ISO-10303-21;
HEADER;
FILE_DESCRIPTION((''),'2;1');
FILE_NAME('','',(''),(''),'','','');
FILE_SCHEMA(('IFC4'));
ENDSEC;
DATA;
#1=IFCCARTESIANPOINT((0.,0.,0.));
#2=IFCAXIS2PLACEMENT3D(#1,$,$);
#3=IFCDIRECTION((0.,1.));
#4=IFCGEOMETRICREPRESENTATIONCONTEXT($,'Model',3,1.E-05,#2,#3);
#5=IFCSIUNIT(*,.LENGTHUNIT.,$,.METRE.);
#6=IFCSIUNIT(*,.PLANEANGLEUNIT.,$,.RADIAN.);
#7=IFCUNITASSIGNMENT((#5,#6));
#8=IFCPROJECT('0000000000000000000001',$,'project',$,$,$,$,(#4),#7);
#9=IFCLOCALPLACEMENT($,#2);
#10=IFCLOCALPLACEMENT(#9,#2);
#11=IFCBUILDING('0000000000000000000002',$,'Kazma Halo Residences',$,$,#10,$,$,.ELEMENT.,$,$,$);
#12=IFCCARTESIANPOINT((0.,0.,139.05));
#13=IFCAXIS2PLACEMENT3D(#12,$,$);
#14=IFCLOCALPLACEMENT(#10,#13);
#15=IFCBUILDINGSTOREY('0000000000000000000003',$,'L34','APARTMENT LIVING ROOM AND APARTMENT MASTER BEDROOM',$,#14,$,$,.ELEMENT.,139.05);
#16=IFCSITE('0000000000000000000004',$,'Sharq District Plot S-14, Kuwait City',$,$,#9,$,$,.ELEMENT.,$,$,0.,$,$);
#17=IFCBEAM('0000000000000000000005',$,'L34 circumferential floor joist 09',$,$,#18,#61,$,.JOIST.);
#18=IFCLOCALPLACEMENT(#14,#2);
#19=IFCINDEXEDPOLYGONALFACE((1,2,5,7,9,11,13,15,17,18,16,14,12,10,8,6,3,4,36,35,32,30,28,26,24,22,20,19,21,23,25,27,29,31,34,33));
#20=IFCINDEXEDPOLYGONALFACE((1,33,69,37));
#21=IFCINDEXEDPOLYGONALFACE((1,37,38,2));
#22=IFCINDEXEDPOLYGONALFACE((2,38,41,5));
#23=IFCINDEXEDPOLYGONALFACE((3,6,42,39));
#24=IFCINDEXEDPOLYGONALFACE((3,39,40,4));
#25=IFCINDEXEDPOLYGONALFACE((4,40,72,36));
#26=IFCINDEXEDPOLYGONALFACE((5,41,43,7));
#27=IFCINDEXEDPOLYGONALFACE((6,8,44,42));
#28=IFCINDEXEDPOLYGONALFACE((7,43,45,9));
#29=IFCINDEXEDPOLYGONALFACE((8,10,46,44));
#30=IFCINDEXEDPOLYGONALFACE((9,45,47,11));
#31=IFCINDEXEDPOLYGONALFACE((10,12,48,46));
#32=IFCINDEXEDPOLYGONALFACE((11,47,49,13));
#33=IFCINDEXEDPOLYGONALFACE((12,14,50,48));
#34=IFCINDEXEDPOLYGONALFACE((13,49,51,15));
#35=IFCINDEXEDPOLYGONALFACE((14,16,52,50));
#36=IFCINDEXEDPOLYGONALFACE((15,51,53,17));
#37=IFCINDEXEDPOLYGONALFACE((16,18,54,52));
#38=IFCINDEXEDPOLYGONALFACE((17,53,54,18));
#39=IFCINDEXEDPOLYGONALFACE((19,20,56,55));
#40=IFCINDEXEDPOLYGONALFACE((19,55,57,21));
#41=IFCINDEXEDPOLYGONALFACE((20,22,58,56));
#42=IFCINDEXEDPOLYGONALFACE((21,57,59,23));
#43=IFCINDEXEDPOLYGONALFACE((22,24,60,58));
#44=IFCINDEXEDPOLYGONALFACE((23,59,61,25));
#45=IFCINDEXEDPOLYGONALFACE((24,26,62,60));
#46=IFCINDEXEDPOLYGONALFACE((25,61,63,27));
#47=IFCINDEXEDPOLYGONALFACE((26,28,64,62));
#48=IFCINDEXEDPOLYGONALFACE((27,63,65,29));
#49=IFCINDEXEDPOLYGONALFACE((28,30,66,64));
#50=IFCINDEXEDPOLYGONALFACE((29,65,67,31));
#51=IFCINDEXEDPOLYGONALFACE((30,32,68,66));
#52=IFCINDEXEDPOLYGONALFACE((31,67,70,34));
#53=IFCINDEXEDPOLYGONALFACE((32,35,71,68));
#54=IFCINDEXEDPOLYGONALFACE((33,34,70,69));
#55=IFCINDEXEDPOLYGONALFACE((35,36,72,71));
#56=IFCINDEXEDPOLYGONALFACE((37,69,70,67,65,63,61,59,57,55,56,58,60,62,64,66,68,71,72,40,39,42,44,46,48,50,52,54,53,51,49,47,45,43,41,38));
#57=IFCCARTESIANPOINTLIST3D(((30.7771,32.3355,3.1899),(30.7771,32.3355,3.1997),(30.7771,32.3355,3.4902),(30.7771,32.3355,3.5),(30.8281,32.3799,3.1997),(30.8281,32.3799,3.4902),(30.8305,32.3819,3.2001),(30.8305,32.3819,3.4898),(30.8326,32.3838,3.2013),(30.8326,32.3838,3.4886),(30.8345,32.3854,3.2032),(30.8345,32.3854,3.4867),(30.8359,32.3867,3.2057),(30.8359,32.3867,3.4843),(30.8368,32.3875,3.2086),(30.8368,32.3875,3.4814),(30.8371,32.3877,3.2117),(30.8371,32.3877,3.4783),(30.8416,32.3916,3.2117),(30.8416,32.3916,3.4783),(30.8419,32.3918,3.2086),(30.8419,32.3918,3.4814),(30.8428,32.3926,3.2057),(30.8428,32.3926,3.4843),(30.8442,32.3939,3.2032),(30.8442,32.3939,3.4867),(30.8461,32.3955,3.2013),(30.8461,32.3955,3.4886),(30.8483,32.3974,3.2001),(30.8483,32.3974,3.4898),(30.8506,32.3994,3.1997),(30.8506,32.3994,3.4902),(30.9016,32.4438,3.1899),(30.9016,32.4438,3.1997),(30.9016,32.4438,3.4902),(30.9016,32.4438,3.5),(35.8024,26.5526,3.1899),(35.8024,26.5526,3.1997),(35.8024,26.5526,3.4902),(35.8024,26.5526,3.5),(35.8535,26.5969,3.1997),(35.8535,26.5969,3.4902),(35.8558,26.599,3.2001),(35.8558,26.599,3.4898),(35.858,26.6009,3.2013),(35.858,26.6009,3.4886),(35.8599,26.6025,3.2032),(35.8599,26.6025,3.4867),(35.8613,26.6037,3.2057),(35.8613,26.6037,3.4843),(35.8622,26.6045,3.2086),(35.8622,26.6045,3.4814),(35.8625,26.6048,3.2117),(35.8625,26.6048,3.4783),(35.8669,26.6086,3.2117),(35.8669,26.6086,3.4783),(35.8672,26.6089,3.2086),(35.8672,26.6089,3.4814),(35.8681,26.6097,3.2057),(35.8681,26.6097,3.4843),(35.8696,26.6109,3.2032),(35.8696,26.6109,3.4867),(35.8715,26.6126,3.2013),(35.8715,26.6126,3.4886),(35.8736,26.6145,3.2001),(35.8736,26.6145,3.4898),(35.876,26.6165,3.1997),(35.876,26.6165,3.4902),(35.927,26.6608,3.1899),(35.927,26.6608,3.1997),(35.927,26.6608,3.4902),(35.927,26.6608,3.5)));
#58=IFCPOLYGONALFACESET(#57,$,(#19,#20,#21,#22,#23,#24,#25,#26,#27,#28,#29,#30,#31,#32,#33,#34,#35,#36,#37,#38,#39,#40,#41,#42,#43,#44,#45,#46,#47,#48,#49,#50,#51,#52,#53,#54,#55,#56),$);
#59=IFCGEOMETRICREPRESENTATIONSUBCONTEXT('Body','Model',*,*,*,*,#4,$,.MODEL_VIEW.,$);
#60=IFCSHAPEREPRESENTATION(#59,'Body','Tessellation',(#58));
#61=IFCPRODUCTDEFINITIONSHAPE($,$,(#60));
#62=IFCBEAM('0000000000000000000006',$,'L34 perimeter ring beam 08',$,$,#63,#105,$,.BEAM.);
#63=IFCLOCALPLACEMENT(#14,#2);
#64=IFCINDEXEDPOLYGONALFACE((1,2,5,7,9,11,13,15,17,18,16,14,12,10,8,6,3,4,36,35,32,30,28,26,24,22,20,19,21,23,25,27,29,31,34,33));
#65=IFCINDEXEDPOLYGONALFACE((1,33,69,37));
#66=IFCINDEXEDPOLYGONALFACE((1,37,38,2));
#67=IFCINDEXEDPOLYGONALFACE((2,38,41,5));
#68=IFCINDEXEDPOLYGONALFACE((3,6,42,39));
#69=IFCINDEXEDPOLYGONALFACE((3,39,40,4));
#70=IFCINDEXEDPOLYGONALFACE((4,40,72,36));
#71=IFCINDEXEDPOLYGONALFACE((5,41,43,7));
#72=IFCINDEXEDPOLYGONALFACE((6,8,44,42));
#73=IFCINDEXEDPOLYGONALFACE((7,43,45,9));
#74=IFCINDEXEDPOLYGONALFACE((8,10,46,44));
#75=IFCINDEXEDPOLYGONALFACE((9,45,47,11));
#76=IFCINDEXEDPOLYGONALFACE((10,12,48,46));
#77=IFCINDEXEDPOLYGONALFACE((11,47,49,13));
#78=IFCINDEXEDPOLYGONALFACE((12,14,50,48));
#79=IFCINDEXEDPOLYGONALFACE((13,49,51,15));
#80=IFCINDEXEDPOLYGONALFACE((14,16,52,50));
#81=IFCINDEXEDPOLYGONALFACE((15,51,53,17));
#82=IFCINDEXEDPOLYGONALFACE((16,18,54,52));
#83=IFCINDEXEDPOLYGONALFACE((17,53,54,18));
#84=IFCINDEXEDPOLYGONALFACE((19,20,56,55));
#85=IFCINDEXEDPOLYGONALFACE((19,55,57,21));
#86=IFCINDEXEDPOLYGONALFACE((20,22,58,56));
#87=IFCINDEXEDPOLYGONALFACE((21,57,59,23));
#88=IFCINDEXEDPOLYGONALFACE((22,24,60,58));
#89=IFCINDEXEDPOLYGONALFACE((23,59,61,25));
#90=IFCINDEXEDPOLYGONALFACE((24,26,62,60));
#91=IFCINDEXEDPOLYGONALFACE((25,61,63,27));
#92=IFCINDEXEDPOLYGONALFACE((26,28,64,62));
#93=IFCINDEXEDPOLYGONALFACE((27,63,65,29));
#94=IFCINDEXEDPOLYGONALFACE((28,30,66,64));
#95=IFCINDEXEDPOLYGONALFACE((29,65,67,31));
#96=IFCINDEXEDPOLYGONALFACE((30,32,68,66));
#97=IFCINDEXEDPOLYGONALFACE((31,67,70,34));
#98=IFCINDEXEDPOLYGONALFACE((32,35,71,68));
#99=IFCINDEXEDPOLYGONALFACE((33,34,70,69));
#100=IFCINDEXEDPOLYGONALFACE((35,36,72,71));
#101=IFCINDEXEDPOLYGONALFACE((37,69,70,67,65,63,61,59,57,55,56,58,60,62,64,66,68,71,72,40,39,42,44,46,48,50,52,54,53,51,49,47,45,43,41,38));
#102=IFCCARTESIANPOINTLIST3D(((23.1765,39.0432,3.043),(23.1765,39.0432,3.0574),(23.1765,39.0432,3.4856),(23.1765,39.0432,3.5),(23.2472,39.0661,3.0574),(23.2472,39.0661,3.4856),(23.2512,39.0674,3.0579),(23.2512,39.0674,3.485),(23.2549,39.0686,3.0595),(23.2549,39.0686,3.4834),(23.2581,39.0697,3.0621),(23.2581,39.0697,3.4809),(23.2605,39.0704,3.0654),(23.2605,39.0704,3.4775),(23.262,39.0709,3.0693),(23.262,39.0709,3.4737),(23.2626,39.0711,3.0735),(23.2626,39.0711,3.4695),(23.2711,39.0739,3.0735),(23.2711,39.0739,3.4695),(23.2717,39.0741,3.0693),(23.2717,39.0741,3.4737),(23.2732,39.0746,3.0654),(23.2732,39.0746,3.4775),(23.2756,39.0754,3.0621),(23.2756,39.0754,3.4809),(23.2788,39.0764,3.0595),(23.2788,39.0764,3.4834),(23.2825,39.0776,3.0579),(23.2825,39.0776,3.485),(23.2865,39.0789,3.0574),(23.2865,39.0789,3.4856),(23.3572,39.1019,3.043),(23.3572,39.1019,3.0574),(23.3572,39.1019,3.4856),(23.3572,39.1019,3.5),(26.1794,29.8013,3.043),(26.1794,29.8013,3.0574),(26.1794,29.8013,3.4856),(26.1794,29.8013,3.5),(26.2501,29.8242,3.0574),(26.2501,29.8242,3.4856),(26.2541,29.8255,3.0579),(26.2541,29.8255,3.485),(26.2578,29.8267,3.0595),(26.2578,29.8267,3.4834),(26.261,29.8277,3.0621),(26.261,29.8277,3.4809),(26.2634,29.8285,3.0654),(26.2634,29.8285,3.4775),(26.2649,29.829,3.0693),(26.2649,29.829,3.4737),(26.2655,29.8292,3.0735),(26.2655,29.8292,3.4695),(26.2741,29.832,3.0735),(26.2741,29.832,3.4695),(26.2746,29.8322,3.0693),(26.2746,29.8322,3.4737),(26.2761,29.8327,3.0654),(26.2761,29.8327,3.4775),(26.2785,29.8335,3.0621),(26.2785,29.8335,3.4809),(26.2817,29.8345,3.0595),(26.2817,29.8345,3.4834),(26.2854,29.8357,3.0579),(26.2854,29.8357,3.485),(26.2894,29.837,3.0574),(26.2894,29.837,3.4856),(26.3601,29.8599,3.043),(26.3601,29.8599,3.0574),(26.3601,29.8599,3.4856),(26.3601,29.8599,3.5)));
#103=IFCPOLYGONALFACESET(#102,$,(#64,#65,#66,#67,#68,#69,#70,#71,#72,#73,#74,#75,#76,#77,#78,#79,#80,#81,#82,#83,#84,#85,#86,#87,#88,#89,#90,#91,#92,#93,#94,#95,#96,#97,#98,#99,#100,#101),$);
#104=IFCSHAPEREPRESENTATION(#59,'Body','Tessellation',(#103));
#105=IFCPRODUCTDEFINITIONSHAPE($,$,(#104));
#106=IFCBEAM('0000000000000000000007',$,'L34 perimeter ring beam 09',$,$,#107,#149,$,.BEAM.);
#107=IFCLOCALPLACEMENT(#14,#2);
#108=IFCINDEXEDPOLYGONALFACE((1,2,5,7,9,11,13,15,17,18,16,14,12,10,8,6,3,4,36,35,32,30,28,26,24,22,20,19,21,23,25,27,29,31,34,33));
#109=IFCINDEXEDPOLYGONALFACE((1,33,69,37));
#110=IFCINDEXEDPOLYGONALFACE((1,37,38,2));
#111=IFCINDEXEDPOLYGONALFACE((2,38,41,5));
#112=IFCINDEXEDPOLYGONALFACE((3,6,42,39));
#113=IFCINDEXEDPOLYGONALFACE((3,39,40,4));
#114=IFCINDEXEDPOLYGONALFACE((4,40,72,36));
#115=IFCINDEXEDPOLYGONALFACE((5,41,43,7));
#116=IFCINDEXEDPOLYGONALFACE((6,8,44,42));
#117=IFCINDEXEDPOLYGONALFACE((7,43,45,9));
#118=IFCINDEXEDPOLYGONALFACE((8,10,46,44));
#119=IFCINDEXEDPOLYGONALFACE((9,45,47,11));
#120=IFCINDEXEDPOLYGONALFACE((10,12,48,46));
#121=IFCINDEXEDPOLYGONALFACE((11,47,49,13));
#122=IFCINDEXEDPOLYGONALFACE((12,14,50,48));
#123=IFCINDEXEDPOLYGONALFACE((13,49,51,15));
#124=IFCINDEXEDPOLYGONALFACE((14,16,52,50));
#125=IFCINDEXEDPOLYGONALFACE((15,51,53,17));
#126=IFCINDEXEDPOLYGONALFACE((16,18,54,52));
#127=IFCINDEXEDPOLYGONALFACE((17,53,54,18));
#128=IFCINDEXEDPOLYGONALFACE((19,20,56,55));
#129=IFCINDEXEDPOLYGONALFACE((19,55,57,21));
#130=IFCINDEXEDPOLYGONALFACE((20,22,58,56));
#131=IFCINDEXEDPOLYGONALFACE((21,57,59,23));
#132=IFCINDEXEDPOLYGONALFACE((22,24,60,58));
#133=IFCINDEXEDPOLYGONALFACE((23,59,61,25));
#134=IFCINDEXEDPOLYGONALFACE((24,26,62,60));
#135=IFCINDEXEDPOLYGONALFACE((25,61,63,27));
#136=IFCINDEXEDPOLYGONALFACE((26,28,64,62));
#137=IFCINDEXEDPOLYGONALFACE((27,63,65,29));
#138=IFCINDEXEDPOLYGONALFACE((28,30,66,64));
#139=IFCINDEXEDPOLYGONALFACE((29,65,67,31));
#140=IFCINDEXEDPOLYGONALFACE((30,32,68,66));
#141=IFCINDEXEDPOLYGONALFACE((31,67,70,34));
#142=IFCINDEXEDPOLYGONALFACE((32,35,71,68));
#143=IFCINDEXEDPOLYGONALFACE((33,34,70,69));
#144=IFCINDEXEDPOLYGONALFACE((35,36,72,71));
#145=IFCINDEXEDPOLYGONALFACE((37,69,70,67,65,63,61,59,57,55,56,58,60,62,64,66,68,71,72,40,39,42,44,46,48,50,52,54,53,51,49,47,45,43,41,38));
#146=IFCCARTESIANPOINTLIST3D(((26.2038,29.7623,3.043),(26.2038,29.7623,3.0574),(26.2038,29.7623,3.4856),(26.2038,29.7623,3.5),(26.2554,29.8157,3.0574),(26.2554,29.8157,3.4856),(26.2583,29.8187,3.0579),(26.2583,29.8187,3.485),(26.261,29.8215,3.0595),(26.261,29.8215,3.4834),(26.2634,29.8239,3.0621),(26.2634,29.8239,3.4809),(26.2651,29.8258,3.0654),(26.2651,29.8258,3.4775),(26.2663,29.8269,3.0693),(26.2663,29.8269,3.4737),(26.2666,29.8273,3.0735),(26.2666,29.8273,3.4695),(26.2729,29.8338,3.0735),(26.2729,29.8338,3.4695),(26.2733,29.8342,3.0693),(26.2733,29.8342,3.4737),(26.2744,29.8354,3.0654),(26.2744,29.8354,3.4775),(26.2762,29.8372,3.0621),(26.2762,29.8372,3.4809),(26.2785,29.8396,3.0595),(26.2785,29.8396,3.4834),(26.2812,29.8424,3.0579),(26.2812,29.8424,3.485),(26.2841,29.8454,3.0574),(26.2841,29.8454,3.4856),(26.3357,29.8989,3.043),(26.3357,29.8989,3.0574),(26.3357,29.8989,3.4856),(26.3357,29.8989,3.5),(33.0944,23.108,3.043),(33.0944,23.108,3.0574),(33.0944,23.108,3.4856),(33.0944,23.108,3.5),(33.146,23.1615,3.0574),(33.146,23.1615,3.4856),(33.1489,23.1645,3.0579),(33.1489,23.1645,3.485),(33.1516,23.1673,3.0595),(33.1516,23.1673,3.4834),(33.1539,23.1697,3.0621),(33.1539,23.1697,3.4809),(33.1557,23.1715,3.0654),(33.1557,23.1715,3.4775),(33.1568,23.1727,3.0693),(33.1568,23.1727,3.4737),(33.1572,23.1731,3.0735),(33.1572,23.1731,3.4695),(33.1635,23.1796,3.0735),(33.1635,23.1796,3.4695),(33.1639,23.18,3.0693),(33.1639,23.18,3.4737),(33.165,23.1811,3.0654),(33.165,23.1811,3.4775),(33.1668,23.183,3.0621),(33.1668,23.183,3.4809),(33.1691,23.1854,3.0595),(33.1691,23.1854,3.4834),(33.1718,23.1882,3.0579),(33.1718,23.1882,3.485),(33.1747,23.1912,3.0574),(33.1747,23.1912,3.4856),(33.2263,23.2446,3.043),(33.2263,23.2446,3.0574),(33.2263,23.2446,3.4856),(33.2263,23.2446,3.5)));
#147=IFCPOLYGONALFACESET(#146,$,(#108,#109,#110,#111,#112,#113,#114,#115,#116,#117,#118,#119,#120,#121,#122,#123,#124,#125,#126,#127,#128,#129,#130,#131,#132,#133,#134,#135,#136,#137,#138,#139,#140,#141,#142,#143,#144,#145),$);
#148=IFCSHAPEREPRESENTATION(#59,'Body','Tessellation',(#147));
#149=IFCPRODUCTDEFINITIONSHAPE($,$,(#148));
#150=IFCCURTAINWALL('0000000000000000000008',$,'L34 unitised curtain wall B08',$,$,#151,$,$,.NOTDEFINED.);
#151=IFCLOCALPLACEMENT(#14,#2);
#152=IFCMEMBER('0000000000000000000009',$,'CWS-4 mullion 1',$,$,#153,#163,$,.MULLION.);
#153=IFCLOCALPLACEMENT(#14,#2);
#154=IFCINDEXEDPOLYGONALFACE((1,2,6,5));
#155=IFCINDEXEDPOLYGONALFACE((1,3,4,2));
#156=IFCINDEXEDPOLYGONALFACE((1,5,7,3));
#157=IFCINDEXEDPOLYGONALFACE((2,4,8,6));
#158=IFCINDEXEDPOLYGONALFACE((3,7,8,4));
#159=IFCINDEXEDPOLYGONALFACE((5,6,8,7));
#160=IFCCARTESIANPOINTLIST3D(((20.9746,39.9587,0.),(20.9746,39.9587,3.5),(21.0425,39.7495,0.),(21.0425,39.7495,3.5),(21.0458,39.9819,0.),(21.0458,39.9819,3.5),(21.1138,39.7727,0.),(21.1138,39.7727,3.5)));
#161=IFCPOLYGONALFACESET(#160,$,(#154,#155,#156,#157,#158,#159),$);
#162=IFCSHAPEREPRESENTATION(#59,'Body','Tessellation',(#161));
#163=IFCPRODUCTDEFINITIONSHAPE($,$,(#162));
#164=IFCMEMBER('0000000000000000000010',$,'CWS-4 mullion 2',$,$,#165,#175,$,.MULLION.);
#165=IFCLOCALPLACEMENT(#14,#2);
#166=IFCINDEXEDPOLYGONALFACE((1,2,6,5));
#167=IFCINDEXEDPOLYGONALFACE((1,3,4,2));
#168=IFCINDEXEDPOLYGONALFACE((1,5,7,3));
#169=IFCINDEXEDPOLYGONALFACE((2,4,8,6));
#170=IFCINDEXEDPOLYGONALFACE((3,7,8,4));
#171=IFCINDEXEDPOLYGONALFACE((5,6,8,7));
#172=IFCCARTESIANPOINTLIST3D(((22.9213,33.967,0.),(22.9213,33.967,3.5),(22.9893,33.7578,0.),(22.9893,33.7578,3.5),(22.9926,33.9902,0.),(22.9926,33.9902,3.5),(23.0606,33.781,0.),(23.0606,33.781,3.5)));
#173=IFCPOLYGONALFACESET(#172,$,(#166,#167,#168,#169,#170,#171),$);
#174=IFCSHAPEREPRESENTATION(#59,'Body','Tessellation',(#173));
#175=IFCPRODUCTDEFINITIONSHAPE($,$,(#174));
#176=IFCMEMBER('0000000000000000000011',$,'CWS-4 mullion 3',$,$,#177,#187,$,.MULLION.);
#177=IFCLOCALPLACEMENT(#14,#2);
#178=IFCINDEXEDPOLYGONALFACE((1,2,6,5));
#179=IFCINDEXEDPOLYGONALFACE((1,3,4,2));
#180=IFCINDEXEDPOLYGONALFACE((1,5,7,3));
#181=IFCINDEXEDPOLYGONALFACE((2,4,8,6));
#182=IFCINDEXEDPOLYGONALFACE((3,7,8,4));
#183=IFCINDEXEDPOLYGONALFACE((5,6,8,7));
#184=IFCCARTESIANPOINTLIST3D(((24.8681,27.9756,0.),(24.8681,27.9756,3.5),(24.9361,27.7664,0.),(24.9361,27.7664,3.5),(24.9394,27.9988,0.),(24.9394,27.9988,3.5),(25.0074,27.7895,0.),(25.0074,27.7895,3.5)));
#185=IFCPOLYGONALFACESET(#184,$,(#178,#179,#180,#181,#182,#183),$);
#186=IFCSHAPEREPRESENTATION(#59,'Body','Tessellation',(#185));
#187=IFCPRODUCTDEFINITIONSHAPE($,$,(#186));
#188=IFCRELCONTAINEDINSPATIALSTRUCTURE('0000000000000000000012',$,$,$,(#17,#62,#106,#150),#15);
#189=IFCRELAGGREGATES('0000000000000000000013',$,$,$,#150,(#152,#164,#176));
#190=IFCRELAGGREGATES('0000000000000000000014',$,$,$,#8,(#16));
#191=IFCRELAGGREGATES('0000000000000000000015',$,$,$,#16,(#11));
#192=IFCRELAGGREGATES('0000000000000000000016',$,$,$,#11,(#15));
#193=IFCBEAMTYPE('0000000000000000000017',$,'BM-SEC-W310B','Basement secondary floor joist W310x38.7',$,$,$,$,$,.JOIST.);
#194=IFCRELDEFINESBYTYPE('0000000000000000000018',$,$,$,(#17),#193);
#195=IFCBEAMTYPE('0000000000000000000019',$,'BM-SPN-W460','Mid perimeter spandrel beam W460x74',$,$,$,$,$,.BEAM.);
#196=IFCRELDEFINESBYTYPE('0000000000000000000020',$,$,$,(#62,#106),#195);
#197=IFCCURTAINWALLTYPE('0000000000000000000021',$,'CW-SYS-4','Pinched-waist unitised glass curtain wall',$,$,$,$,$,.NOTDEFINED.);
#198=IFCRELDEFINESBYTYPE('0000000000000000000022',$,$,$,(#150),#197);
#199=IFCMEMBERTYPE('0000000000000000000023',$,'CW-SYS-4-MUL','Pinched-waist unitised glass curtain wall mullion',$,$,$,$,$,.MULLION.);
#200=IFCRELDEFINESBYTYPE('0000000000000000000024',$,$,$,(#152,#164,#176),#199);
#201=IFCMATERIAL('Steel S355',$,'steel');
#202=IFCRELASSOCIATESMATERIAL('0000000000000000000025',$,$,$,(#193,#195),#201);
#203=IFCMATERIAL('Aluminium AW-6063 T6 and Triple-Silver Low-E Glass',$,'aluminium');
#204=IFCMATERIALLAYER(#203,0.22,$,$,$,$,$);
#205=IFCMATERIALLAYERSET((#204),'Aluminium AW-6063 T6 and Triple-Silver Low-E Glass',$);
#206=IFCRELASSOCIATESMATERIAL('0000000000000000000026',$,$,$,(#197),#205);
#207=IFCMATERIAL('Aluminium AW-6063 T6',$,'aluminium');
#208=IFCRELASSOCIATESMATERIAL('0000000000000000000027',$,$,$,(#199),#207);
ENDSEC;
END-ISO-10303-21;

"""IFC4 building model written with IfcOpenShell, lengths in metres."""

from ifc_helpers import new_model, si_unit, direction, frame, origin, origin_2d, place, context, subcontext, project, spatial, rectangle, i_section, extrude, material, layer, layer_set, material_profile, profile_set, type_object, element, aggregate, save


model = new_model("IFC4")

# Units and contexts
model_context = context("Model", 3, precision=1e-05, world=origin(), true_north=direction((0.0, 1.0)))
body_context = subcontext(model_context, "Body", "Model", "MODEL_VIEW")
ifc_project = project(units=[si_unit("LENGTHUNIT", "METRE"), si_unit("PLANEANGLEUNIT", "RADIAN")], contexts=[model_context])

# Site, building, storey
site_placement = place(None, origin())
site = spatial("IfcSite", under=ifc_project, at=site_placement, Name="Sharq District Plot S-14, Kuwait City", CompositionType="ELEMENT", RefElevation=0.0)
building_placement = place(site_placement, origin())
building = spatial("IfcBuilding", under=site, at=building_placement, Name="Kazma Halo Residences", CompositionType="ELEMENT")
storey_placement = place(building_placement, frame((0.0, 0.0, 139.05)))
storey = spatial("IfcBuildingStorey", under=building, at=storey_placement, Name="L34", Description="APARTMENT LIVING ROOM AND APARTMENT MASTER BEDROOM", CompositionType="ELEMENT", Elevation=139.05)

# Beams
ifc_material_1 = material(Name="Steel S355", Category="steel")
ifc_material_profile_1 = material_profile(ifc_material_1, i_section(OverallWidth=0.165, OverallDepth=0.3101, WebThickness=0.0059, FlangeThickness=0.0098, FilletRadius=0.012, at=origin_2d()), Name="W310x38.7")
ifc_profile_set_1 = profile_set([ifc_material_profile_1], Name="Steel S355")
beam_type_1 = type_object("IfcBeamType", Name="BM-SEC-W310B", Description="Basement secondary floor joist W310x38.7", PredefinedType="JOIST", material=ifc_profile_set_1)
beam_1_placement = place(storey_placement, frame((30.8394, 32.3896, 3.345), z_axis=(0.655936, -0.754817, 0.0), x_axis=(0.754817, 0.655936, 0.0)))
element("IfcBeam", 1, at=beam_1_placement, inside=storey, type_object=beam_type_1, Name="L34 circumferential floor joist 09", PredefinedType="JOIST", context=body_context, shape_type="SweptSolid", body=[
    extrude(i_section(OverallWidth=0.165, OverallDepth=0.3101, WebThickness=0.0059, FlangeThickness=0.0098, FilletRadius=0.012, at=origin_2d()), origin(), (0.0, 0.0, 1.0), 7.6614),
])
ifc_material_profile_2 = material_profile(ifc_material_1, i_section(OverallWidth=0.1899, OverallDepth=0.457, WebThickness=0.009, FlangeThickness=0.0144, FilletRadius=0.0161, at=origin_2d()), Name="W460x74")
ifc_profile_set_2 = profile_set([ifc_material_profile_2], Name="Steel S355")
beam_type_2 = type_object("IfcBeamType", Name="BM-SPN-W460", Description="Mid perimeter spandrel beam W460x74", PredefinedType="BEAM", material=ifc_profile_set_2)
beam_2_placement = place(storey_placement, frame((23.2668, 39.0725, 3.2715), z_axis=(0.309021, -0.951055, 0.0), x_axis=(0.951055, 0.309021, 0.0)))
element("IfcBeam", 2, at=beam_2_placement, inside=storey, type_object=beam_type_2, Name="L34 perimeter ring beam 08", PredefinedType="BEAM", context=body_context, shape_type="SweptSolid", body=[
    extrude(i_section(OverallWidth=0.1899, OverallDepth=0.457, WebThickness=0.009, FlangeThickness=0.0144, FilletRadius=0.0161, at=origin_2d()), origin(), (0.0, 0.0, 1.0), 9.7175),
])
beam_3_placement = place(storey_placement, frame((26.2698, 29.8306, 3.2715), z_axis=(0.719335, -0.694664, 0.0), x_axis=(0.694664, 0.719335, 0.0)))
element("IfcBeam", 3, at=beam_3_placement, inside=storey, type_object=beam_type_2, Name="L34 perimeter ring beam 09", PredefinedType="BEAM", context=body_context, shape_type="SweptSolid", body=[
    extrude(i_section(OverallWidth=0.1899, OverallDepth=0.457, WebThickness=0.009, FlangeThickness=0.0144, FilletRadius=0.0161, at=origin_2d()), origin(), (0.0, 0.0, 1.0), 9.5791),
])

# Curtain wall, members
ifc_material_2 = material(Name="Aluminium AW-6063 T6 and Triple-Silver Low-E Glass", Category="aluminium")
ifc_layer_1 = layer(ifc_material_2, 0.22)
ifc_layer_set_1 = layer_set([ifc_layer_1], Name="Aluminium AW-6063 T6 and Triple-Silver Low-E Glass")
curtain_wall_type = type_object("IfcCurtainWallType", Name="CW-SYS-4", Description="Pinched-waist unitised glass curtain wall", PredefinedType="NOTDEFINED", material=ifc_layer_set_1)
curtain_wall_1_placement = place(storey_placement, origin())
curtain_wall_1 = element("IfcCurtainWall", 4, at=curtain_wall_1_placement, inside=storey, type_object=curtain_wall_type, Name="L34 unitised curtain wall B08", PredefinedType="NOTDEFINED")
ifc_material_3 = material(Name="Aluminium AW-6063 T6", Category="aluminium")
ifc_material_profile_3 = material_profile(ifc_material_3, rectangle(XDim=0.075, YDim=0.22, at=origin_2d()), Name="CWM-75x220")
ifc_profile_set_3 = profile_set([ifc_material_profile_3], Name="Aluminium AW-6063 T6")
member_type_1 = type_object("IfcMemberType", Name="CW-SYS-4-MUL", Description="Pinched-waist unitised glass curtain wall mullion", PredefinedType="MULLION", material=ifc_profile_set_3)
member_1_placement = place(storey_placement, frame((21.0442, 39.8657, 0.0), z_axis=(0.0, 0.0, 1.0), x_axis=(0.951058, 0.309014, 0.0)))
member_1 = element("IfcMember", 5, at=member_1_placement, type_object=member_type_1, Name="CWS-4 mullion 1", PredefinedType="MULLION", context=body_context, shape_type="SweptSolid", body=[
    extrude(rectangle(XDim=0.075, YDim=0.22, at=origin_2d()), origin(), (0.0, 0.0, 1.0), 3.5),
])
member_2_placement = place(storey_placement, frame((22.991, 33.874, 0.0), z_axis=(0.0, 0.0, 1.0), x_axis=(0.951058, 0.309014, 0.0)))
member_2 = element("IfcMember", 6, at=member_2_placement, type_object=member_type_1, Name="CWS-4 mullion 2", PredefinedType="MULLION", context=body_context, shape_type="SweptSolid", body=[
    extrude(rectangle(XDim=0.075, YDim=0.22, at=origin_2d()), origin(), (0.0, 0.0, 1.0), 3.5),
])
member_3_placement = place(storey_placement, frame((24.9377, 27.8826, 0.0), z_axis=(0.0, 0.0, 1.0), x_axis=(0.951058, 0.309014, 0.0)))
member_3 = element("IfcMember", 7, at=member_3_placement, type_object=member_type_1, Name="CWS-4 mullion 3", PredefinedType="MULLION", context=body_context, shape_type="SweptSolid", body=[
    extrude(rectangle(XDim=0.075, YDim=0.22, at=origin_2d()), origin(), (0.0, 0.0, 1.0), 3.5),
])

aggregate(curtain_wall_1, [member_1, member_2, member_3])

save(model, "model.ifc")
